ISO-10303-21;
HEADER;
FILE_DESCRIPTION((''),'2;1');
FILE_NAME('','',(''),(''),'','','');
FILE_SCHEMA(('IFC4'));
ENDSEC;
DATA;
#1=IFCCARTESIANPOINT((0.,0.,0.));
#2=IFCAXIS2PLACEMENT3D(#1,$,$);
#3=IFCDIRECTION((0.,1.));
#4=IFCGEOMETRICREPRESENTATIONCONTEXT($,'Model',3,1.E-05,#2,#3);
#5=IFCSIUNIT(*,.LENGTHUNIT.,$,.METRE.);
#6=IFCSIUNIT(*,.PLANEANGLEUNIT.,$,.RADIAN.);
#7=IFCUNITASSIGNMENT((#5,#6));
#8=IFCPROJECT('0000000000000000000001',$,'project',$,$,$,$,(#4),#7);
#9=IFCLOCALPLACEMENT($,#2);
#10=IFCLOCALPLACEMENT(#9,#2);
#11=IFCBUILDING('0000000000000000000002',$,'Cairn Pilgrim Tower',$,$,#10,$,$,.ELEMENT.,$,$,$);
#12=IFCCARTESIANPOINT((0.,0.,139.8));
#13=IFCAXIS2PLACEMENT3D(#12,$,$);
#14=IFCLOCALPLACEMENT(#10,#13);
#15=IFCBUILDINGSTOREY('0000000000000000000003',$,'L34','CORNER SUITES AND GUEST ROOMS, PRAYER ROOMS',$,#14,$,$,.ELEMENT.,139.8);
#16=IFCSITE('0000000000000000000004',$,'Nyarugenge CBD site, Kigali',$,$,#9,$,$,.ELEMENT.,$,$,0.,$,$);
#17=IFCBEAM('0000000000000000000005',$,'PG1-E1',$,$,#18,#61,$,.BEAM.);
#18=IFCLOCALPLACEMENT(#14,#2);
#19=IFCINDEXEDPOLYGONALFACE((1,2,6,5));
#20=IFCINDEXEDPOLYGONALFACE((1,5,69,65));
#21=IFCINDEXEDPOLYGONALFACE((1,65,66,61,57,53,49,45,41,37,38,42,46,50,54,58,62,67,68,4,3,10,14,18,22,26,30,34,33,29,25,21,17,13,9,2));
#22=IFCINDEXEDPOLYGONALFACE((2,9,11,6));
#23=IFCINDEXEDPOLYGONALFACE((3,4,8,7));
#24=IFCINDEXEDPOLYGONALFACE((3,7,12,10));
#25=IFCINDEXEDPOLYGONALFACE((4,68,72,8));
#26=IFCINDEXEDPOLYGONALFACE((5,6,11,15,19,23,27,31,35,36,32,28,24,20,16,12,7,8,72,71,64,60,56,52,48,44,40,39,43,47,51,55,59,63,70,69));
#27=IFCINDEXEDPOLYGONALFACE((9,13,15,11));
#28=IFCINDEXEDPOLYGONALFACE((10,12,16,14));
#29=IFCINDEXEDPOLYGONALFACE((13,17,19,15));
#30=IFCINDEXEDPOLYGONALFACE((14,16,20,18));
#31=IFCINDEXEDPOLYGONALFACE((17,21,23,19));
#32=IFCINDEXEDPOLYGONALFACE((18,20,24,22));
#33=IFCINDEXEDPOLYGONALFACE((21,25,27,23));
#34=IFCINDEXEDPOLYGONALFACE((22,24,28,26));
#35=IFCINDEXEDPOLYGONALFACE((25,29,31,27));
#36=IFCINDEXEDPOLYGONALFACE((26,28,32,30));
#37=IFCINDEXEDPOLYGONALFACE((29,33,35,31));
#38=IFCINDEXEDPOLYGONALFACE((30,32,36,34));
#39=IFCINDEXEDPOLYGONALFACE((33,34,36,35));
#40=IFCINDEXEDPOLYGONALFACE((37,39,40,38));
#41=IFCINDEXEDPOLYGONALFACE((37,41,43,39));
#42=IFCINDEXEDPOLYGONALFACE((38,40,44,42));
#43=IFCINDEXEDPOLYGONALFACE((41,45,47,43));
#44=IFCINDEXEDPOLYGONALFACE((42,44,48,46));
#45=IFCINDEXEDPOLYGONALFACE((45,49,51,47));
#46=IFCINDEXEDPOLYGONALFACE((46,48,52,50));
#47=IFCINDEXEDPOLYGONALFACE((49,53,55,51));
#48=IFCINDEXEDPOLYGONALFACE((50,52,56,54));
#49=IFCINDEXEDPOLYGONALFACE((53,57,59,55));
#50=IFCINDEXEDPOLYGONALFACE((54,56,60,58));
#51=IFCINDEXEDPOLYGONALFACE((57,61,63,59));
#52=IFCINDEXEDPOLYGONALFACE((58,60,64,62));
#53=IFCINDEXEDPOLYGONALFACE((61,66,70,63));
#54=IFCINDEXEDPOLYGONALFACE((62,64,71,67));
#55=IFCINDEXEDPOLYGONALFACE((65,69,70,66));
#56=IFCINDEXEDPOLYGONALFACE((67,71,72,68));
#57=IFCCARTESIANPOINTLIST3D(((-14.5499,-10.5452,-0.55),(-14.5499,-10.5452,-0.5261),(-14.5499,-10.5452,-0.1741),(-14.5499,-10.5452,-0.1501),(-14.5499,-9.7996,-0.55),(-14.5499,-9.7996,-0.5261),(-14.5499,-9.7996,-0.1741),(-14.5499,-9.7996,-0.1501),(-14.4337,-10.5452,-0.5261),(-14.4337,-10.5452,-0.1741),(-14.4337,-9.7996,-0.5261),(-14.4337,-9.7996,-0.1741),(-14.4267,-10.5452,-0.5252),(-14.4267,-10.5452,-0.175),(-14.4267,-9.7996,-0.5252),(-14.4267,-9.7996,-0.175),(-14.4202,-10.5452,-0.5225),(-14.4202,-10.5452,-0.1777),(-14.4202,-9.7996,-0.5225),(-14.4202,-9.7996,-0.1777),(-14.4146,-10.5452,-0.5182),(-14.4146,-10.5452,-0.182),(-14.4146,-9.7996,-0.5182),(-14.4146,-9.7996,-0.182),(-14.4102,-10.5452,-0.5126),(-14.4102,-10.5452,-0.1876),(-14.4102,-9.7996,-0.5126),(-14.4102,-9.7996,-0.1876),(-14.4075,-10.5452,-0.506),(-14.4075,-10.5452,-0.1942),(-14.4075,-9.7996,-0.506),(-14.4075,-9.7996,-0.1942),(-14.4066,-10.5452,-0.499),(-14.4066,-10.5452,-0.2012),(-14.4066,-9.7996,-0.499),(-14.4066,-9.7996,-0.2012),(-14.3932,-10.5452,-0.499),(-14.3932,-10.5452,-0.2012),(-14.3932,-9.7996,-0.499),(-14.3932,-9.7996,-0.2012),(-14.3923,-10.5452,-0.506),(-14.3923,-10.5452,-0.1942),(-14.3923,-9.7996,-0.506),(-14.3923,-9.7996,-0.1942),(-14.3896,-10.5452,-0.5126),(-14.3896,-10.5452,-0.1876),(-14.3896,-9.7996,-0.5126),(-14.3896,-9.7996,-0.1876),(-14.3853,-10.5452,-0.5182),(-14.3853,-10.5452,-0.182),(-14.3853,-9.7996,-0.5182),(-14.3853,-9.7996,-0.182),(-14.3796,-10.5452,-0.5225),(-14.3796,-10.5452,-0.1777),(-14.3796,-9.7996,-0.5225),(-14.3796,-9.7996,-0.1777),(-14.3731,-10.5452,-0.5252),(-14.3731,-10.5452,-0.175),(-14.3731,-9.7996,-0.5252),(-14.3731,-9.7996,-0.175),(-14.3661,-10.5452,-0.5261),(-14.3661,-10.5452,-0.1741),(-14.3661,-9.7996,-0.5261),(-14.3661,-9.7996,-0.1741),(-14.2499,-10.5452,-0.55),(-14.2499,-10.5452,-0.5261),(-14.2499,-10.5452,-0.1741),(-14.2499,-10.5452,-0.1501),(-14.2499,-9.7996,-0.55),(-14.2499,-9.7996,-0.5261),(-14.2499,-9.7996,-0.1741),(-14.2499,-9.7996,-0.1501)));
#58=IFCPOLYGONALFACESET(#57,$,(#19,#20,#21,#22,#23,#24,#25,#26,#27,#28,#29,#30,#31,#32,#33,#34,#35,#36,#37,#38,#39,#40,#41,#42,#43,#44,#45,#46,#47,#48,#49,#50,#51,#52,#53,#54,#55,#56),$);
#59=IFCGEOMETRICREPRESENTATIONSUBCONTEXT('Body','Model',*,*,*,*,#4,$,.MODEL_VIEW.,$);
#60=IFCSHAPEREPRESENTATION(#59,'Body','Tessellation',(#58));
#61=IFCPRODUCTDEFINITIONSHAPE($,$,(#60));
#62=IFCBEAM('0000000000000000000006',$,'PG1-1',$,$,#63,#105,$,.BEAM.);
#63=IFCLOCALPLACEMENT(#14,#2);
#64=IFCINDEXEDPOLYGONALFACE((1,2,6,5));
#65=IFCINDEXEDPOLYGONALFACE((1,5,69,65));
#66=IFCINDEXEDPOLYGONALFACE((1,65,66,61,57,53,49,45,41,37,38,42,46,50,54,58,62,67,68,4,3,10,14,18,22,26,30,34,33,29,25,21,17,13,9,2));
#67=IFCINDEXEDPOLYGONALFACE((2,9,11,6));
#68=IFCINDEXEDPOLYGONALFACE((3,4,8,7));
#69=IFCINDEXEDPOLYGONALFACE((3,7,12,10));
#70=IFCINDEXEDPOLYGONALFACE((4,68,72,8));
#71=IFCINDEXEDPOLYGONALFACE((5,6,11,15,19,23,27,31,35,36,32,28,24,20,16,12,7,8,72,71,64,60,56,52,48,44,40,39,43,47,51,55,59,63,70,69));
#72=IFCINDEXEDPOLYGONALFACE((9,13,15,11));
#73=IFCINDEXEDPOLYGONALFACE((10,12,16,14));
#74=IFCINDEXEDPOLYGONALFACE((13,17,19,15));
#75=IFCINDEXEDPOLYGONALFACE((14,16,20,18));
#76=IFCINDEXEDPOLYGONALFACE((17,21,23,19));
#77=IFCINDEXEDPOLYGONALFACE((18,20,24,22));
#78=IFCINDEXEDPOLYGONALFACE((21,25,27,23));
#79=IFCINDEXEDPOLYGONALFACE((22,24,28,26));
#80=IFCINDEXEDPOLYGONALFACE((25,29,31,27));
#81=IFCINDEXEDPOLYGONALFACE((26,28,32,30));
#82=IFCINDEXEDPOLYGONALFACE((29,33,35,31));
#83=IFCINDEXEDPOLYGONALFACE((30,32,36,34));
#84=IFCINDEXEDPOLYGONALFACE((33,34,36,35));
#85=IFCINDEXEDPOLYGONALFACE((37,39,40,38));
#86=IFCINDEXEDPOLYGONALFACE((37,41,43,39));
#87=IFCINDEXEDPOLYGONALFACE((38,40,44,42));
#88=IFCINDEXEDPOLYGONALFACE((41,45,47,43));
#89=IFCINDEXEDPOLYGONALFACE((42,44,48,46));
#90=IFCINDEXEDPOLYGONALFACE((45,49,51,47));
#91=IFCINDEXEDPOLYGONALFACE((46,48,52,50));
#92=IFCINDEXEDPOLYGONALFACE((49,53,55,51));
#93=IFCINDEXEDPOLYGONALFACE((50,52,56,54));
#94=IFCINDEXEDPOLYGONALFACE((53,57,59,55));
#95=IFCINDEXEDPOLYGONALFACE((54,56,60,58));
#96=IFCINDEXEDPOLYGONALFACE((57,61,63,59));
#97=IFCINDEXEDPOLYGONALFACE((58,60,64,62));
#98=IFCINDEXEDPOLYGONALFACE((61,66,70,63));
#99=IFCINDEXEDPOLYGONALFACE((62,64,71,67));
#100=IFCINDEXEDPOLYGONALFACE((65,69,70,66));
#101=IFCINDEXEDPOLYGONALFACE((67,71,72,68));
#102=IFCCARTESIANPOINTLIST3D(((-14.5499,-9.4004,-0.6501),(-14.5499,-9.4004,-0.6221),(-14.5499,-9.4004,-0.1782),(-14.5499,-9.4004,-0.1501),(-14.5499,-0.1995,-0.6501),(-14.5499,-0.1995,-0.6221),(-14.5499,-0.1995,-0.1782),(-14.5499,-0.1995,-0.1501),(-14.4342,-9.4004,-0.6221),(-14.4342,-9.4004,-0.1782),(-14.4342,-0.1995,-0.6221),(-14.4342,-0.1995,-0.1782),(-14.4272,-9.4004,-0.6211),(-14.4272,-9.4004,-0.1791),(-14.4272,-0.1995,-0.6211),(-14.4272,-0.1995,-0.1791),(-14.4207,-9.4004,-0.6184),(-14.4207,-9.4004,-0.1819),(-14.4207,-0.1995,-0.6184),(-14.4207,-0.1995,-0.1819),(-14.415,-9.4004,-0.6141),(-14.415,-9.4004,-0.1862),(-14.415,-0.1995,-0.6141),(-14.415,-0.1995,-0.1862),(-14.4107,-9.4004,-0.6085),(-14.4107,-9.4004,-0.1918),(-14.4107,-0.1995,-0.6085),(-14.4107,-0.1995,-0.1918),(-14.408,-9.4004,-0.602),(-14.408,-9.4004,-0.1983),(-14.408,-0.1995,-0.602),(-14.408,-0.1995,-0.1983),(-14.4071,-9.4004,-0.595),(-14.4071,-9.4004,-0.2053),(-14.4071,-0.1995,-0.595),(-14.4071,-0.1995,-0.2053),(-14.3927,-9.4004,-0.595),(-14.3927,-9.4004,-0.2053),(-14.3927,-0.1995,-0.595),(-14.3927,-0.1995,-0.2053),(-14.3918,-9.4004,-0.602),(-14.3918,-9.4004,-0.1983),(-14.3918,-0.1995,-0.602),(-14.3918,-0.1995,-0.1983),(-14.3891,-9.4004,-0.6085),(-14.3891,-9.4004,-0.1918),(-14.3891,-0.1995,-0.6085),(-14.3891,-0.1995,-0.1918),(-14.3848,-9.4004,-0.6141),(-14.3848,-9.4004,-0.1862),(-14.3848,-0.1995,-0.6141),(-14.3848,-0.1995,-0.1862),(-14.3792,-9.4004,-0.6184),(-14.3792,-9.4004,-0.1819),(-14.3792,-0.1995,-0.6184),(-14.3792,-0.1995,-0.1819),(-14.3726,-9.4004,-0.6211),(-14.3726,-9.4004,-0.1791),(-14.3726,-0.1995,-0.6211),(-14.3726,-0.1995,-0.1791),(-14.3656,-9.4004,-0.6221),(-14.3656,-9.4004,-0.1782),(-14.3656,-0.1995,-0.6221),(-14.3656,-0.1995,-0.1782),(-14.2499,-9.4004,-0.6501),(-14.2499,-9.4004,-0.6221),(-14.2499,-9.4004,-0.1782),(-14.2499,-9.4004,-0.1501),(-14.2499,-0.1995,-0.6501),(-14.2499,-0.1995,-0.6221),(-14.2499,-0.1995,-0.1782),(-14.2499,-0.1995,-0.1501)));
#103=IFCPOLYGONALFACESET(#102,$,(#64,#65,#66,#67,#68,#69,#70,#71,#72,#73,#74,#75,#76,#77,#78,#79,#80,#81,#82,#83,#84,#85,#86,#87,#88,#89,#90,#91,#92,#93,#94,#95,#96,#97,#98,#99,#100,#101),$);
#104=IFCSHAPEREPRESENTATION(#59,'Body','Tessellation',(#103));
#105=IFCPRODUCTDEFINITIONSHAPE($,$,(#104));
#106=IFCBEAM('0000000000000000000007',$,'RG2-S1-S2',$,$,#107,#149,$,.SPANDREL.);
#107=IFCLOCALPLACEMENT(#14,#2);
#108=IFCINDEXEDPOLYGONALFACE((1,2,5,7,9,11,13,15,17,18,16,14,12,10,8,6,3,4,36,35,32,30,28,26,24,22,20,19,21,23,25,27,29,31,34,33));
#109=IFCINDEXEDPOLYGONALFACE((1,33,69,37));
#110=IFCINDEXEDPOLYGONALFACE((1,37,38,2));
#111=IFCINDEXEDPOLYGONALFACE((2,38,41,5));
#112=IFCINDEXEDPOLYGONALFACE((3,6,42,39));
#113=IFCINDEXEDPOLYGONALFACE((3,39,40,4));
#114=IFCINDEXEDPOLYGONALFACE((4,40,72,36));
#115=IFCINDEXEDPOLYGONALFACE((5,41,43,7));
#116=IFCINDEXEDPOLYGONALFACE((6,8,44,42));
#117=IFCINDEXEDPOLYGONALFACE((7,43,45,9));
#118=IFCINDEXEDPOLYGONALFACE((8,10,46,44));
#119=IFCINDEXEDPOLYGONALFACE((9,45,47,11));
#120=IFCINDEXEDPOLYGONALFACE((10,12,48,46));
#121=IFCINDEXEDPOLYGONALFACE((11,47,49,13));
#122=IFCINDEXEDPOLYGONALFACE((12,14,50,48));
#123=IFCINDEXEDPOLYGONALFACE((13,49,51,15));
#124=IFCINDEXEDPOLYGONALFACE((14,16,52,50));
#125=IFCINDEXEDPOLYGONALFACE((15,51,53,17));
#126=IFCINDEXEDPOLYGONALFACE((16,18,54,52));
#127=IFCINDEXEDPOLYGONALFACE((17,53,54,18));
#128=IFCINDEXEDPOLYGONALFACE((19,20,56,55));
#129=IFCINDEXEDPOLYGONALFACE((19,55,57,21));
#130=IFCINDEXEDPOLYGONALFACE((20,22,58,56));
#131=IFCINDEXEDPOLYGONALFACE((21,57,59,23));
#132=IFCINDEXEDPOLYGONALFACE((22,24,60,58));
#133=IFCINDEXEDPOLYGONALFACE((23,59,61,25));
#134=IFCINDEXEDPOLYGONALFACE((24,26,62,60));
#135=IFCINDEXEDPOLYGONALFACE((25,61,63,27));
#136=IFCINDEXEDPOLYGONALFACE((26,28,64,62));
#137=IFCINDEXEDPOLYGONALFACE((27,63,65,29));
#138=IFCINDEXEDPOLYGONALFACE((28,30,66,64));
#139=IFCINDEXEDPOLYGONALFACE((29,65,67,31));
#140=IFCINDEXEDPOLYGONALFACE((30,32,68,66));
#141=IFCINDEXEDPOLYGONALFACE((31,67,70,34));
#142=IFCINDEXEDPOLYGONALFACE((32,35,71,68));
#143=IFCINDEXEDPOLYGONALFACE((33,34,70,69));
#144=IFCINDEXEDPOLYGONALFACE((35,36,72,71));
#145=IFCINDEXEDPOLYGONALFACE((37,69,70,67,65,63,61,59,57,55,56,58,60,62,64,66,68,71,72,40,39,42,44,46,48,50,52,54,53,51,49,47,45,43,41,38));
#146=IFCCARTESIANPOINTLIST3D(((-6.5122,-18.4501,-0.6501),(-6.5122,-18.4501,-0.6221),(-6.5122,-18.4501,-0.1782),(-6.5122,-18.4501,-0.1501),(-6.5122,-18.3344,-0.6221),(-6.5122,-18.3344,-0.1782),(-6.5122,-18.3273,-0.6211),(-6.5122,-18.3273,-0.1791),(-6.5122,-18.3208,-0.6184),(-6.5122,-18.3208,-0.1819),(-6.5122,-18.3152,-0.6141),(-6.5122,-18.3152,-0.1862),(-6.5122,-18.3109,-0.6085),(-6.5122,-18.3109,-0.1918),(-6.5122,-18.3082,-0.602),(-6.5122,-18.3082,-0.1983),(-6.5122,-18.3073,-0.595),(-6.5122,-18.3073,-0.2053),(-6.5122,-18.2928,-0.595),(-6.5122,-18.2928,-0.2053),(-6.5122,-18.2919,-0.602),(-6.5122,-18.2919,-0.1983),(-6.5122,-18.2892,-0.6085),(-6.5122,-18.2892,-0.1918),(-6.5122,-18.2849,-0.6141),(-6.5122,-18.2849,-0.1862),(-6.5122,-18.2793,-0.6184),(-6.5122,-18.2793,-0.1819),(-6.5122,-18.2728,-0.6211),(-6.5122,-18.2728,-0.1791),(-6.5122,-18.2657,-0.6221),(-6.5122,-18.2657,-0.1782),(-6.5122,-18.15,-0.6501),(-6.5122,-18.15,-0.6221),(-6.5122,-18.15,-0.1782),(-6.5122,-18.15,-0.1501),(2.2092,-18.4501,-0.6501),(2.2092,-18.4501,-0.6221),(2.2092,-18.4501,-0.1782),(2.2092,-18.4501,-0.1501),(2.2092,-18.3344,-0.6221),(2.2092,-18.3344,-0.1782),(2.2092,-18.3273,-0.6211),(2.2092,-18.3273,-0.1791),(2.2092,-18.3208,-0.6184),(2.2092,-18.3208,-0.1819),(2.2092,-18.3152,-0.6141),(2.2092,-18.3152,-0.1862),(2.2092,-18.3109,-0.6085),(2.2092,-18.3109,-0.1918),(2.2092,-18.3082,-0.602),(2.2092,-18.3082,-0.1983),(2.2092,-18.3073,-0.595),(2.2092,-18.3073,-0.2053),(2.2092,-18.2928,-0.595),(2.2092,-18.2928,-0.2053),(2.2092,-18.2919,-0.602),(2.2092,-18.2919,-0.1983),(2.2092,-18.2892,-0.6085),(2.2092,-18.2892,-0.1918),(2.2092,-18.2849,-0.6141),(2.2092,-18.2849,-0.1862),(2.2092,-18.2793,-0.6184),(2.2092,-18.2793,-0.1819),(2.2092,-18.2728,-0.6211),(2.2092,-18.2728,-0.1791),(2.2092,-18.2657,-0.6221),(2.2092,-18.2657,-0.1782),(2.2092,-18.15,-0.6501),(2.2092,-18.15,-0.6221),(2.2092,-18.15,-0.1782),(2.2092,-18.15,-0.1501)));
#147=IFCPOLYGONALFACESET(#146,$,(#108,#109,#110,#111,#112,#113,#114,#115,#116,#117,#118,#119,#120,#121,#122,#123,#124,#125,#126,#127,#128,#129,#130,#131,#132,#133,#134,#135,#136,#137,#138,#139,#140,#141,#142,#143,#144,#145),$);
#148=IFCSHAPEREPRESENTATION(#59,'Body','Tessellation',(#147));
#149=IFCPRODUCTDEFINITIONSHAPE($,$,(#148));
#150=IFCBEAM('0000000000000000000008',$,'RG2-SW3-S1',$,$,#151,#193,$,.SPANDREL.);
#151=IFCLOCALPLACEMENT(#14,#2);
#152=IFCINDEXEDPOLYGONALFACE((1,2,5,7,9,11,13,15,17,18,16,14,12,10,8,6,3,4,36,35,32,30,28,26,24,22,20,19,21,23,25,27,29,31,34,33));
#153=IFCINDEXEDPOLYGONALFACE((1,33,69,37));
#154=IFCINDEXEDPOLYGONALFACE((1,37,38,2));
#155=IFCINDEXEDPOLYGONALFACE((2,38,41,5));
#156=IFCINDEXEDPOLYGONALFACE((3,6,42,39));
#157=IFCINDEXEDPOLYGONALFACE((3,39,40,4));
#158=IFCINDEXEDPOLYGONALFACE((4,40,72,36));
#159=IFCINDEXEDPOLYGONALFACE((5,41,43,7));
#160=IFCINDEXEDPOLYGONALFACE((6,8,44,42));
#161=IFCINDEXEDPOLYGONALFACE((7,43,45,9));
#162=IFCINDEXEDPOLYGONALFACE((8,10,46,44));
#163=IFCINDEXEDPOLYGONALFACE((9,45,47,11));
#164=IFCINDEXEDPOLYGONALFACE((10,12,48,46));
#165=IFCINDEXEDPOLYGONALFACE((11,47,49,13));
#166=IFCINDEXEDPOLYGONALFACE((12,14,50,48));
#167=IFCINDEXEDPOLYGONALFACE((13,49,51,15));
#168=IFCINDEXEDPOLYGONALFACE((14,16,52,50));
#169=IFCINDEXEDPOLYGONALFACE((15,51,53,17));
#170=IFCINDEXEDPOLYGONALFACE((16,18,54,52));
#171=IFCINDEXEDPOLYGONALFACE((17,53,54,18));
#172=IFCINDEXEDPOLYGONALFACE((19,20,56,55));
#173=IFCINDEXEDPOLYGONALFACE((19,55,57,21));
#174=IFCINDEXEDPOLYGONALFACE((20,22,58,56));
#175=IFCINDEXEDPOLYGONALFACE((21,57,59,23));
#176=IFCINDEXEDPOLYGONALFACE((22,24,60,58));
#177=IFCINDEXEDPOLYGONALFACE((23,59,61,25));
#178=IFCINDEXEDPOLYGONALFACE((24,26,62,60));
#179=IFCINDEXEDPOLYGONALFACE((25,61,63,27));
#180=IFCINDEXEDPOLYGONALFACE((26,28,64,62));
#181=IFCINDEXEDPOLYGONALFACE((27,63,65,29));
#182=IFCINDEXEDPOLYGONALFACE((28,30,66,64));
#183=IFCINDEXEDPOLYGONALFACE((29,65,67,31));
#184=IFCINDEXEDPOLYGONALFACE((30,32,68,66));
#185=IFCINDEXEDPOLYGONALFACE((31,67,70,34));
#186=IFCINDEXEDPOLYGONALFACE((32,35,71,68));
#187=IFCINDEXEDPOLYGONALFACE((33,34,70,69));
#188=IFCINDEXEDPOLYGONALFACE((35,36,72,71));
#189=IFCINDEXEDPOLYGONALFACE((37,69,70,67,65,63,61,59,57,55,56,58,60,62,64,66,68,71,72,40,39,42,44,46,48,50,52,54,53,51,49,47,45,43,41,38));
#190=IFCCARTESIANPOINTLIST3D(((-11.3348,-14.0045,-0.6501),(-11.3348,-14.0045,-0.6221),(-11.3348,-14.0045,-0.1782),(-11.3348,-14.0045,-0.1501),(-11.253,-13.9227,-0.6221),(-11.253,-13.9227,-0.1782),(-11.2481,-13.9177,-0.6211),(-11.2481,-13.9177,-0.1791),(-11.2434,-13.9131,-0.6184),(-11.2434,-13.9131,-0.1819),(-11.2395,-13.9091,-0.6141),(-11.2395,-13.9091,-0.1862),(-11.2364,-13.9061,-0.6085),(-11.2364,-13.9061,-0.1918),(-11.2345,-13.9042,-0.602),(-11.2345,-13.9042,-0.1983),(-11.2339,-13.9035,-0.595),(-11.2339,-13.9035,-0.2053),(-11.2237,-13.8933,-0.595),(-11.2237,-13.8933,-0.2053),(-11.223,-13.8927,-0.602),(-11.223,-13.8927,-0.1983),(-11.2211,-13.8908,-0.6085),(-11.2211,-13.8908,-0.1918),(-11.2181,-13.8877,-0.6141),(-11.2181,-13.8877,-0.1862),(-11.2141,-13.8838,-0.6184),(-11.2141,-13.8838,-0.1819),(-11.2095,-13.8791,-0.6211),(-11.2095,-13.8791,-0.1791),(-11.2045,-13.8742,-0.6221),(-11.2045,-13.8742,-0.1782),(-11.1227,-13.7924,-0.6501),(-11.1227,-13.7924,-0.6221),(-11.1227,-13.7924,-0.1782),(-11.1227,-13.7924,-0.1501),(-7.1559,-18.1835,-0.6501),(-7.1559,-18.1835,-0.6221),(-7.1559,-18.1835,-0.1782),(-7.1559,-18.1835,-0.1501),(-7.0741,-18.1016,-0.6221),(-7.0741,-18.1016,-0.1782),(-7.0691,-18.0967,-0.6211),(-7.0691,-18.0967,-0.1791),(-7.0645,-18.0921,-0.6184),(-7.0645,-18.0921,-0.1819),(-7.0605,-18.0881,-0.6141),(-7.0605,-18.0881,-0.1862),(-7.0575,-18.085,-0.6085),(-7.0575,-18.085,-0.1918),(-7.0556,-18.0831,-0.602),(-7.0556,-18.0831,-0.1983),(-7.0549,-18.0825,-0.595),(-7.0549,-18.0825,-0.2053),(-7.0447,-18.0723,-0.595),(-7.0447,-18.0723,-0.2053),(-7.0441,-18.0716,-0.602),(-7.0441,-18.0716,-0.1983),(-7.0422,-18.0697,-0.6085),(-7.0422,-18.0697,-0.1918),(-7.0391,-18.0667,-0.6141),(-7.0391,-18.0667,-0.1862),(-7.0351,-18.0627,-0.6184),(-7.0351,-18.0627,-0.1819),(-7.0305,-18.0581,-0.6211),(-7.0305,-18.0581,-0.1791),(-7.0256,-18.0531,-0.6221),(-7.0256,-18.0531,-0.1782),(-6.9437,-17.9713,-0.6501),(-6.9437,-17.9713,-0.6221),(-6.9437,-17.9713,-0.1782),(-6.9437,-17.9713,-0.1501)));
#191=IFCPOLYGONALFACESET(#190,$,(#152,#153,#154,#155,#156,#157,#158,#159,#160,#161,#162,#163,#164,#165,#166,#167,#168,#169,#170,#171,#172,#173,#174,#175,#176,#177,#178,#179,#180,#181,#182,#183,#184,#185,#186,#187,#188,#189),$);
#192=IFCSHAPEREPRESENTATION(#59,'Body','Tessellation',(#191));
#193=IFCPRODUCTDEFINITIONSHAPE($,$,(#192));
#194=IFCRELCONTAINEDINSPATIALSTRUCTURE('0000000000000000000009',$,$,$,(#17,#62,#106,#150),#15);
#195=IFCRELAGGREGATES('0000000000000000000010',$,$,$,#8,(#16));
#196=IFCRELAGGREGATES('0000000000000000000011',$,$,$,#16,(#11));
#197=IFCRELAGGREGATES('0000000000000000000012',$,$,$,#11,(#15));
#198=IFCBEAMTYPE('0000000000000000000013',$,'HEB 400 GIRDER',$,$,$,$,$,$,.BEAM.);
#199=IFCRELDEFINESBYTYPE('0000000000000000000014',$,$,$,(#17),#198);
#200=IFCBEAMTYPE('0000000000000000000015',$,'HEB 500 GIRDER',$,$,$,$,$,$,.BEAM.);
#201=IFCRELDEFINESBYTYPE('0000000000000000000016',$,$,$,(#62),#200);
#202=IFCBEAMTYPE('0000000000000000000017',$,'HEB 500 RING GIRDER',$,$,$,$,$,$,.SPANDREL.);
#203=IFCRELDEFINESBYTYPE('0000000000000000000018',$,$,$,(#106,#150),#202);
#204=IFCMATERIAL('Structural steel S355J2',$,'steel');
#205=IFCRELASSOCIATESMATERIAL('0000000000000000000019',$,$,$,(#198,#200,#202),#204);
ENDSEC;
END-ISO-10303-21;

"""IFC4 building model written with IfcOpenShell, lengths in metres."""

from ifc_helpers import new_model, si_unit, direction, frame, origin, origin_2d, place, context, subcontext, project, spatial, i_section, extrude, material, material_profile, profile_set, type_object, element, save


model = new_model("IFC4")

# Units and contexts
model_context = context("Model", 3, precision=1e-05, world=origin(), true_north=direction((0.0, 1.0)))
body_context = subcontext(model_context, "Body", "Model", "MODEL_VIEW")
ifc_project = project(units=[si_unit("LENGTHUNIT", "METRE"), si_unit("PLANEANGLEUNIT", "RADIAN")], contexts=[model_context])

# Site, building, storey
site_placement = place(None, origin())
site = spatial("IfcSite", under=ifc_project, at=site_placement, Name="Nyarugenge CBD site, Kigali", CompositionType="ELEMENT", RefElevation=0.0)
building_placement = place(site_placement, origin())
building = spatial("IfcBuilding", under=site, at=building_placement, Name="Cairn Pilgrim Tower", CompositionType="ELEMENT")
storey_placement = place(building_placement, frame((0.0, 0.0, 139.8)))
storey = spatial("IfcBuildingStorey", under=building, at=storey_placement, Name="L34", Description="CORNER SUITES AND GUEST ROOMS, PRAYER ROOMS", CompositionType="ELEMENT", Elevation=139.8)

# Shared definitions
ifc_material_1 = material(Name="Structural steel S355J2", Category="steel")

# Beams
ifc_material_profile_1 = material_profile(ifc_material_1, i_section(OverallWidth=0.3, OverallDepth=0.3999, WebThickness=0.0134, FlangeThickness=0.0239, FilletRadius=0.0271, at=origin_2d()), Name="HEB 400")
ifc_profile_set_1 = profile_set([ifc_material_profile_1], Name="Structural steel S355J2")
beam_type_1 = type_object("IfcBeamType", Name="HEB 400 GIRDER", PredefinedType="BEAM", material=ifc_profile_set_1)
beam_1_placement = place(storey_placement, frame((-14.3999, -10.5452, -0.3501), z_axis=(0.0, 1.0, 0.0), x_axis=(-1.0, 0.0, 0.0)))
element("IfcBeam", 1, at=beam_1_placement, inside=storey, type_object=beam_type_1, Name="PG1-E1", PredefinedType="BEAM", context=body_context, shape_type="SweptSolid", body=[
    extrude(i_section(OverallWidth=0.3, OverallDepth=0.3999, WebThickness=0.0134, FlangeThickness=0.0239, FilletRadius=0.0271, at=origin_2d()), origin(), (0.0, 0.0, 1.0), 0.7456),
])
ifc_material_profile_2 = material_profile(ifc_material_1, i_section(OverallWidth=0.3, OverallDepth=0.5, WebThickness=0.0144, FlangeThickness=0.0281, FilletRadius=0.0271, at=origin_2d()), Name="HEB 500")
ifc_profile_set_2 = profile_set([ifc_material_profile_2], Name="Structural steel S355J2")
beam_type_2 = type_object("IfcBeamType", Name="HEB 500 GIRDER", PredefinedType="BEAM", material=ifc_profile_set_2)
beam_2_placement = place(storey_placement, frame((-14.3999, -9.4004, -0.4001), z_axis=(0.0, 1.0, 0.0), x_axis=(-1.0, 0.0, 0.0)))
element("IfcBeam", 2, at=beam_2_placement, inside=storey, type_object=beam_type_2, Name="PG1-1", PredefinedType="BEAM", context=body_context, shape_type="SweptSolid", body=[
    extrude(i_section(OverallWidth=0.3, OverallDepth=0.5, WebThickness=0.0144, FlangeThickness=0.0281, FilletRadius=0.0271, at=origin_2d()), origin(), (0.0, 0.0, 1.0), 9.2009),
])
ifc_material_profile_3 = material_profile(ifc_material_1, i_section(OverallWidth=0.3, OverallDepth=0.5, WebThickness=0.0144, FlangeThickness=0.0281, FilletRadius=0.0271, at=origin_2d()), Name="HEB 500")
ifc_profile_set_3 = profile_set([ifc_material_profile_3], Name="Structural steel S355J2")
beam_type_3 = type_object("IfcBeamType", Name="HEB 500 RING GIRDER", PredefinedType="SPANDREL", material=ifc_profile_set_3)
beam_3_placement = place(storey_placement, frame((-6.5122, -18.3, -0.4001), z_axis=(1.0, 0.0, 0.0), x_axis=(0.0, 1.0, 0.0)))
element("IfcBeam", 3, at=beam_3_placement, inside=storey, type_object=beam_type_3, Name="RG2-S1-S2", PredefinedType="SPANDREL", context=body_context, shape_type="SweptSolid", body=[
    extrude(i_section(OverallWidth=0.3, OverallDepth=0.5, WebThickness=0.0144, FlangeThickness=0.0281, FilletRadius=0.0271, at=origin_2d()), origin(), (0.0, 0.0, 1.0), 8.7214),
])
beam_4_placement = place(storey_placement, frame((-11.2288, -13.8984, -0.4001), z_axis=(0.707107, -0.707107, 0.0), x_axis=(0.707107, 0.707107, 0.0)))
element("IfcBeam", 4, at=beam_4_placement, inside=storey, type_object=beam_type_3, Name="RG2-SW3-S1", PredefinedType="SPANDREL", context=body_context, shape_type="SweptSolid", body=[
    extrude(i_section(OverallWidth=0.3, OverallDepth=0.5, WebThickness=0.0144, FlangeThickness=0.0281, FilletRadius=0.0271, at=origin_2d()), origin(), (0.0, 0.0, 1.0), 5.9099),
])

save(model, "model.ifc")
